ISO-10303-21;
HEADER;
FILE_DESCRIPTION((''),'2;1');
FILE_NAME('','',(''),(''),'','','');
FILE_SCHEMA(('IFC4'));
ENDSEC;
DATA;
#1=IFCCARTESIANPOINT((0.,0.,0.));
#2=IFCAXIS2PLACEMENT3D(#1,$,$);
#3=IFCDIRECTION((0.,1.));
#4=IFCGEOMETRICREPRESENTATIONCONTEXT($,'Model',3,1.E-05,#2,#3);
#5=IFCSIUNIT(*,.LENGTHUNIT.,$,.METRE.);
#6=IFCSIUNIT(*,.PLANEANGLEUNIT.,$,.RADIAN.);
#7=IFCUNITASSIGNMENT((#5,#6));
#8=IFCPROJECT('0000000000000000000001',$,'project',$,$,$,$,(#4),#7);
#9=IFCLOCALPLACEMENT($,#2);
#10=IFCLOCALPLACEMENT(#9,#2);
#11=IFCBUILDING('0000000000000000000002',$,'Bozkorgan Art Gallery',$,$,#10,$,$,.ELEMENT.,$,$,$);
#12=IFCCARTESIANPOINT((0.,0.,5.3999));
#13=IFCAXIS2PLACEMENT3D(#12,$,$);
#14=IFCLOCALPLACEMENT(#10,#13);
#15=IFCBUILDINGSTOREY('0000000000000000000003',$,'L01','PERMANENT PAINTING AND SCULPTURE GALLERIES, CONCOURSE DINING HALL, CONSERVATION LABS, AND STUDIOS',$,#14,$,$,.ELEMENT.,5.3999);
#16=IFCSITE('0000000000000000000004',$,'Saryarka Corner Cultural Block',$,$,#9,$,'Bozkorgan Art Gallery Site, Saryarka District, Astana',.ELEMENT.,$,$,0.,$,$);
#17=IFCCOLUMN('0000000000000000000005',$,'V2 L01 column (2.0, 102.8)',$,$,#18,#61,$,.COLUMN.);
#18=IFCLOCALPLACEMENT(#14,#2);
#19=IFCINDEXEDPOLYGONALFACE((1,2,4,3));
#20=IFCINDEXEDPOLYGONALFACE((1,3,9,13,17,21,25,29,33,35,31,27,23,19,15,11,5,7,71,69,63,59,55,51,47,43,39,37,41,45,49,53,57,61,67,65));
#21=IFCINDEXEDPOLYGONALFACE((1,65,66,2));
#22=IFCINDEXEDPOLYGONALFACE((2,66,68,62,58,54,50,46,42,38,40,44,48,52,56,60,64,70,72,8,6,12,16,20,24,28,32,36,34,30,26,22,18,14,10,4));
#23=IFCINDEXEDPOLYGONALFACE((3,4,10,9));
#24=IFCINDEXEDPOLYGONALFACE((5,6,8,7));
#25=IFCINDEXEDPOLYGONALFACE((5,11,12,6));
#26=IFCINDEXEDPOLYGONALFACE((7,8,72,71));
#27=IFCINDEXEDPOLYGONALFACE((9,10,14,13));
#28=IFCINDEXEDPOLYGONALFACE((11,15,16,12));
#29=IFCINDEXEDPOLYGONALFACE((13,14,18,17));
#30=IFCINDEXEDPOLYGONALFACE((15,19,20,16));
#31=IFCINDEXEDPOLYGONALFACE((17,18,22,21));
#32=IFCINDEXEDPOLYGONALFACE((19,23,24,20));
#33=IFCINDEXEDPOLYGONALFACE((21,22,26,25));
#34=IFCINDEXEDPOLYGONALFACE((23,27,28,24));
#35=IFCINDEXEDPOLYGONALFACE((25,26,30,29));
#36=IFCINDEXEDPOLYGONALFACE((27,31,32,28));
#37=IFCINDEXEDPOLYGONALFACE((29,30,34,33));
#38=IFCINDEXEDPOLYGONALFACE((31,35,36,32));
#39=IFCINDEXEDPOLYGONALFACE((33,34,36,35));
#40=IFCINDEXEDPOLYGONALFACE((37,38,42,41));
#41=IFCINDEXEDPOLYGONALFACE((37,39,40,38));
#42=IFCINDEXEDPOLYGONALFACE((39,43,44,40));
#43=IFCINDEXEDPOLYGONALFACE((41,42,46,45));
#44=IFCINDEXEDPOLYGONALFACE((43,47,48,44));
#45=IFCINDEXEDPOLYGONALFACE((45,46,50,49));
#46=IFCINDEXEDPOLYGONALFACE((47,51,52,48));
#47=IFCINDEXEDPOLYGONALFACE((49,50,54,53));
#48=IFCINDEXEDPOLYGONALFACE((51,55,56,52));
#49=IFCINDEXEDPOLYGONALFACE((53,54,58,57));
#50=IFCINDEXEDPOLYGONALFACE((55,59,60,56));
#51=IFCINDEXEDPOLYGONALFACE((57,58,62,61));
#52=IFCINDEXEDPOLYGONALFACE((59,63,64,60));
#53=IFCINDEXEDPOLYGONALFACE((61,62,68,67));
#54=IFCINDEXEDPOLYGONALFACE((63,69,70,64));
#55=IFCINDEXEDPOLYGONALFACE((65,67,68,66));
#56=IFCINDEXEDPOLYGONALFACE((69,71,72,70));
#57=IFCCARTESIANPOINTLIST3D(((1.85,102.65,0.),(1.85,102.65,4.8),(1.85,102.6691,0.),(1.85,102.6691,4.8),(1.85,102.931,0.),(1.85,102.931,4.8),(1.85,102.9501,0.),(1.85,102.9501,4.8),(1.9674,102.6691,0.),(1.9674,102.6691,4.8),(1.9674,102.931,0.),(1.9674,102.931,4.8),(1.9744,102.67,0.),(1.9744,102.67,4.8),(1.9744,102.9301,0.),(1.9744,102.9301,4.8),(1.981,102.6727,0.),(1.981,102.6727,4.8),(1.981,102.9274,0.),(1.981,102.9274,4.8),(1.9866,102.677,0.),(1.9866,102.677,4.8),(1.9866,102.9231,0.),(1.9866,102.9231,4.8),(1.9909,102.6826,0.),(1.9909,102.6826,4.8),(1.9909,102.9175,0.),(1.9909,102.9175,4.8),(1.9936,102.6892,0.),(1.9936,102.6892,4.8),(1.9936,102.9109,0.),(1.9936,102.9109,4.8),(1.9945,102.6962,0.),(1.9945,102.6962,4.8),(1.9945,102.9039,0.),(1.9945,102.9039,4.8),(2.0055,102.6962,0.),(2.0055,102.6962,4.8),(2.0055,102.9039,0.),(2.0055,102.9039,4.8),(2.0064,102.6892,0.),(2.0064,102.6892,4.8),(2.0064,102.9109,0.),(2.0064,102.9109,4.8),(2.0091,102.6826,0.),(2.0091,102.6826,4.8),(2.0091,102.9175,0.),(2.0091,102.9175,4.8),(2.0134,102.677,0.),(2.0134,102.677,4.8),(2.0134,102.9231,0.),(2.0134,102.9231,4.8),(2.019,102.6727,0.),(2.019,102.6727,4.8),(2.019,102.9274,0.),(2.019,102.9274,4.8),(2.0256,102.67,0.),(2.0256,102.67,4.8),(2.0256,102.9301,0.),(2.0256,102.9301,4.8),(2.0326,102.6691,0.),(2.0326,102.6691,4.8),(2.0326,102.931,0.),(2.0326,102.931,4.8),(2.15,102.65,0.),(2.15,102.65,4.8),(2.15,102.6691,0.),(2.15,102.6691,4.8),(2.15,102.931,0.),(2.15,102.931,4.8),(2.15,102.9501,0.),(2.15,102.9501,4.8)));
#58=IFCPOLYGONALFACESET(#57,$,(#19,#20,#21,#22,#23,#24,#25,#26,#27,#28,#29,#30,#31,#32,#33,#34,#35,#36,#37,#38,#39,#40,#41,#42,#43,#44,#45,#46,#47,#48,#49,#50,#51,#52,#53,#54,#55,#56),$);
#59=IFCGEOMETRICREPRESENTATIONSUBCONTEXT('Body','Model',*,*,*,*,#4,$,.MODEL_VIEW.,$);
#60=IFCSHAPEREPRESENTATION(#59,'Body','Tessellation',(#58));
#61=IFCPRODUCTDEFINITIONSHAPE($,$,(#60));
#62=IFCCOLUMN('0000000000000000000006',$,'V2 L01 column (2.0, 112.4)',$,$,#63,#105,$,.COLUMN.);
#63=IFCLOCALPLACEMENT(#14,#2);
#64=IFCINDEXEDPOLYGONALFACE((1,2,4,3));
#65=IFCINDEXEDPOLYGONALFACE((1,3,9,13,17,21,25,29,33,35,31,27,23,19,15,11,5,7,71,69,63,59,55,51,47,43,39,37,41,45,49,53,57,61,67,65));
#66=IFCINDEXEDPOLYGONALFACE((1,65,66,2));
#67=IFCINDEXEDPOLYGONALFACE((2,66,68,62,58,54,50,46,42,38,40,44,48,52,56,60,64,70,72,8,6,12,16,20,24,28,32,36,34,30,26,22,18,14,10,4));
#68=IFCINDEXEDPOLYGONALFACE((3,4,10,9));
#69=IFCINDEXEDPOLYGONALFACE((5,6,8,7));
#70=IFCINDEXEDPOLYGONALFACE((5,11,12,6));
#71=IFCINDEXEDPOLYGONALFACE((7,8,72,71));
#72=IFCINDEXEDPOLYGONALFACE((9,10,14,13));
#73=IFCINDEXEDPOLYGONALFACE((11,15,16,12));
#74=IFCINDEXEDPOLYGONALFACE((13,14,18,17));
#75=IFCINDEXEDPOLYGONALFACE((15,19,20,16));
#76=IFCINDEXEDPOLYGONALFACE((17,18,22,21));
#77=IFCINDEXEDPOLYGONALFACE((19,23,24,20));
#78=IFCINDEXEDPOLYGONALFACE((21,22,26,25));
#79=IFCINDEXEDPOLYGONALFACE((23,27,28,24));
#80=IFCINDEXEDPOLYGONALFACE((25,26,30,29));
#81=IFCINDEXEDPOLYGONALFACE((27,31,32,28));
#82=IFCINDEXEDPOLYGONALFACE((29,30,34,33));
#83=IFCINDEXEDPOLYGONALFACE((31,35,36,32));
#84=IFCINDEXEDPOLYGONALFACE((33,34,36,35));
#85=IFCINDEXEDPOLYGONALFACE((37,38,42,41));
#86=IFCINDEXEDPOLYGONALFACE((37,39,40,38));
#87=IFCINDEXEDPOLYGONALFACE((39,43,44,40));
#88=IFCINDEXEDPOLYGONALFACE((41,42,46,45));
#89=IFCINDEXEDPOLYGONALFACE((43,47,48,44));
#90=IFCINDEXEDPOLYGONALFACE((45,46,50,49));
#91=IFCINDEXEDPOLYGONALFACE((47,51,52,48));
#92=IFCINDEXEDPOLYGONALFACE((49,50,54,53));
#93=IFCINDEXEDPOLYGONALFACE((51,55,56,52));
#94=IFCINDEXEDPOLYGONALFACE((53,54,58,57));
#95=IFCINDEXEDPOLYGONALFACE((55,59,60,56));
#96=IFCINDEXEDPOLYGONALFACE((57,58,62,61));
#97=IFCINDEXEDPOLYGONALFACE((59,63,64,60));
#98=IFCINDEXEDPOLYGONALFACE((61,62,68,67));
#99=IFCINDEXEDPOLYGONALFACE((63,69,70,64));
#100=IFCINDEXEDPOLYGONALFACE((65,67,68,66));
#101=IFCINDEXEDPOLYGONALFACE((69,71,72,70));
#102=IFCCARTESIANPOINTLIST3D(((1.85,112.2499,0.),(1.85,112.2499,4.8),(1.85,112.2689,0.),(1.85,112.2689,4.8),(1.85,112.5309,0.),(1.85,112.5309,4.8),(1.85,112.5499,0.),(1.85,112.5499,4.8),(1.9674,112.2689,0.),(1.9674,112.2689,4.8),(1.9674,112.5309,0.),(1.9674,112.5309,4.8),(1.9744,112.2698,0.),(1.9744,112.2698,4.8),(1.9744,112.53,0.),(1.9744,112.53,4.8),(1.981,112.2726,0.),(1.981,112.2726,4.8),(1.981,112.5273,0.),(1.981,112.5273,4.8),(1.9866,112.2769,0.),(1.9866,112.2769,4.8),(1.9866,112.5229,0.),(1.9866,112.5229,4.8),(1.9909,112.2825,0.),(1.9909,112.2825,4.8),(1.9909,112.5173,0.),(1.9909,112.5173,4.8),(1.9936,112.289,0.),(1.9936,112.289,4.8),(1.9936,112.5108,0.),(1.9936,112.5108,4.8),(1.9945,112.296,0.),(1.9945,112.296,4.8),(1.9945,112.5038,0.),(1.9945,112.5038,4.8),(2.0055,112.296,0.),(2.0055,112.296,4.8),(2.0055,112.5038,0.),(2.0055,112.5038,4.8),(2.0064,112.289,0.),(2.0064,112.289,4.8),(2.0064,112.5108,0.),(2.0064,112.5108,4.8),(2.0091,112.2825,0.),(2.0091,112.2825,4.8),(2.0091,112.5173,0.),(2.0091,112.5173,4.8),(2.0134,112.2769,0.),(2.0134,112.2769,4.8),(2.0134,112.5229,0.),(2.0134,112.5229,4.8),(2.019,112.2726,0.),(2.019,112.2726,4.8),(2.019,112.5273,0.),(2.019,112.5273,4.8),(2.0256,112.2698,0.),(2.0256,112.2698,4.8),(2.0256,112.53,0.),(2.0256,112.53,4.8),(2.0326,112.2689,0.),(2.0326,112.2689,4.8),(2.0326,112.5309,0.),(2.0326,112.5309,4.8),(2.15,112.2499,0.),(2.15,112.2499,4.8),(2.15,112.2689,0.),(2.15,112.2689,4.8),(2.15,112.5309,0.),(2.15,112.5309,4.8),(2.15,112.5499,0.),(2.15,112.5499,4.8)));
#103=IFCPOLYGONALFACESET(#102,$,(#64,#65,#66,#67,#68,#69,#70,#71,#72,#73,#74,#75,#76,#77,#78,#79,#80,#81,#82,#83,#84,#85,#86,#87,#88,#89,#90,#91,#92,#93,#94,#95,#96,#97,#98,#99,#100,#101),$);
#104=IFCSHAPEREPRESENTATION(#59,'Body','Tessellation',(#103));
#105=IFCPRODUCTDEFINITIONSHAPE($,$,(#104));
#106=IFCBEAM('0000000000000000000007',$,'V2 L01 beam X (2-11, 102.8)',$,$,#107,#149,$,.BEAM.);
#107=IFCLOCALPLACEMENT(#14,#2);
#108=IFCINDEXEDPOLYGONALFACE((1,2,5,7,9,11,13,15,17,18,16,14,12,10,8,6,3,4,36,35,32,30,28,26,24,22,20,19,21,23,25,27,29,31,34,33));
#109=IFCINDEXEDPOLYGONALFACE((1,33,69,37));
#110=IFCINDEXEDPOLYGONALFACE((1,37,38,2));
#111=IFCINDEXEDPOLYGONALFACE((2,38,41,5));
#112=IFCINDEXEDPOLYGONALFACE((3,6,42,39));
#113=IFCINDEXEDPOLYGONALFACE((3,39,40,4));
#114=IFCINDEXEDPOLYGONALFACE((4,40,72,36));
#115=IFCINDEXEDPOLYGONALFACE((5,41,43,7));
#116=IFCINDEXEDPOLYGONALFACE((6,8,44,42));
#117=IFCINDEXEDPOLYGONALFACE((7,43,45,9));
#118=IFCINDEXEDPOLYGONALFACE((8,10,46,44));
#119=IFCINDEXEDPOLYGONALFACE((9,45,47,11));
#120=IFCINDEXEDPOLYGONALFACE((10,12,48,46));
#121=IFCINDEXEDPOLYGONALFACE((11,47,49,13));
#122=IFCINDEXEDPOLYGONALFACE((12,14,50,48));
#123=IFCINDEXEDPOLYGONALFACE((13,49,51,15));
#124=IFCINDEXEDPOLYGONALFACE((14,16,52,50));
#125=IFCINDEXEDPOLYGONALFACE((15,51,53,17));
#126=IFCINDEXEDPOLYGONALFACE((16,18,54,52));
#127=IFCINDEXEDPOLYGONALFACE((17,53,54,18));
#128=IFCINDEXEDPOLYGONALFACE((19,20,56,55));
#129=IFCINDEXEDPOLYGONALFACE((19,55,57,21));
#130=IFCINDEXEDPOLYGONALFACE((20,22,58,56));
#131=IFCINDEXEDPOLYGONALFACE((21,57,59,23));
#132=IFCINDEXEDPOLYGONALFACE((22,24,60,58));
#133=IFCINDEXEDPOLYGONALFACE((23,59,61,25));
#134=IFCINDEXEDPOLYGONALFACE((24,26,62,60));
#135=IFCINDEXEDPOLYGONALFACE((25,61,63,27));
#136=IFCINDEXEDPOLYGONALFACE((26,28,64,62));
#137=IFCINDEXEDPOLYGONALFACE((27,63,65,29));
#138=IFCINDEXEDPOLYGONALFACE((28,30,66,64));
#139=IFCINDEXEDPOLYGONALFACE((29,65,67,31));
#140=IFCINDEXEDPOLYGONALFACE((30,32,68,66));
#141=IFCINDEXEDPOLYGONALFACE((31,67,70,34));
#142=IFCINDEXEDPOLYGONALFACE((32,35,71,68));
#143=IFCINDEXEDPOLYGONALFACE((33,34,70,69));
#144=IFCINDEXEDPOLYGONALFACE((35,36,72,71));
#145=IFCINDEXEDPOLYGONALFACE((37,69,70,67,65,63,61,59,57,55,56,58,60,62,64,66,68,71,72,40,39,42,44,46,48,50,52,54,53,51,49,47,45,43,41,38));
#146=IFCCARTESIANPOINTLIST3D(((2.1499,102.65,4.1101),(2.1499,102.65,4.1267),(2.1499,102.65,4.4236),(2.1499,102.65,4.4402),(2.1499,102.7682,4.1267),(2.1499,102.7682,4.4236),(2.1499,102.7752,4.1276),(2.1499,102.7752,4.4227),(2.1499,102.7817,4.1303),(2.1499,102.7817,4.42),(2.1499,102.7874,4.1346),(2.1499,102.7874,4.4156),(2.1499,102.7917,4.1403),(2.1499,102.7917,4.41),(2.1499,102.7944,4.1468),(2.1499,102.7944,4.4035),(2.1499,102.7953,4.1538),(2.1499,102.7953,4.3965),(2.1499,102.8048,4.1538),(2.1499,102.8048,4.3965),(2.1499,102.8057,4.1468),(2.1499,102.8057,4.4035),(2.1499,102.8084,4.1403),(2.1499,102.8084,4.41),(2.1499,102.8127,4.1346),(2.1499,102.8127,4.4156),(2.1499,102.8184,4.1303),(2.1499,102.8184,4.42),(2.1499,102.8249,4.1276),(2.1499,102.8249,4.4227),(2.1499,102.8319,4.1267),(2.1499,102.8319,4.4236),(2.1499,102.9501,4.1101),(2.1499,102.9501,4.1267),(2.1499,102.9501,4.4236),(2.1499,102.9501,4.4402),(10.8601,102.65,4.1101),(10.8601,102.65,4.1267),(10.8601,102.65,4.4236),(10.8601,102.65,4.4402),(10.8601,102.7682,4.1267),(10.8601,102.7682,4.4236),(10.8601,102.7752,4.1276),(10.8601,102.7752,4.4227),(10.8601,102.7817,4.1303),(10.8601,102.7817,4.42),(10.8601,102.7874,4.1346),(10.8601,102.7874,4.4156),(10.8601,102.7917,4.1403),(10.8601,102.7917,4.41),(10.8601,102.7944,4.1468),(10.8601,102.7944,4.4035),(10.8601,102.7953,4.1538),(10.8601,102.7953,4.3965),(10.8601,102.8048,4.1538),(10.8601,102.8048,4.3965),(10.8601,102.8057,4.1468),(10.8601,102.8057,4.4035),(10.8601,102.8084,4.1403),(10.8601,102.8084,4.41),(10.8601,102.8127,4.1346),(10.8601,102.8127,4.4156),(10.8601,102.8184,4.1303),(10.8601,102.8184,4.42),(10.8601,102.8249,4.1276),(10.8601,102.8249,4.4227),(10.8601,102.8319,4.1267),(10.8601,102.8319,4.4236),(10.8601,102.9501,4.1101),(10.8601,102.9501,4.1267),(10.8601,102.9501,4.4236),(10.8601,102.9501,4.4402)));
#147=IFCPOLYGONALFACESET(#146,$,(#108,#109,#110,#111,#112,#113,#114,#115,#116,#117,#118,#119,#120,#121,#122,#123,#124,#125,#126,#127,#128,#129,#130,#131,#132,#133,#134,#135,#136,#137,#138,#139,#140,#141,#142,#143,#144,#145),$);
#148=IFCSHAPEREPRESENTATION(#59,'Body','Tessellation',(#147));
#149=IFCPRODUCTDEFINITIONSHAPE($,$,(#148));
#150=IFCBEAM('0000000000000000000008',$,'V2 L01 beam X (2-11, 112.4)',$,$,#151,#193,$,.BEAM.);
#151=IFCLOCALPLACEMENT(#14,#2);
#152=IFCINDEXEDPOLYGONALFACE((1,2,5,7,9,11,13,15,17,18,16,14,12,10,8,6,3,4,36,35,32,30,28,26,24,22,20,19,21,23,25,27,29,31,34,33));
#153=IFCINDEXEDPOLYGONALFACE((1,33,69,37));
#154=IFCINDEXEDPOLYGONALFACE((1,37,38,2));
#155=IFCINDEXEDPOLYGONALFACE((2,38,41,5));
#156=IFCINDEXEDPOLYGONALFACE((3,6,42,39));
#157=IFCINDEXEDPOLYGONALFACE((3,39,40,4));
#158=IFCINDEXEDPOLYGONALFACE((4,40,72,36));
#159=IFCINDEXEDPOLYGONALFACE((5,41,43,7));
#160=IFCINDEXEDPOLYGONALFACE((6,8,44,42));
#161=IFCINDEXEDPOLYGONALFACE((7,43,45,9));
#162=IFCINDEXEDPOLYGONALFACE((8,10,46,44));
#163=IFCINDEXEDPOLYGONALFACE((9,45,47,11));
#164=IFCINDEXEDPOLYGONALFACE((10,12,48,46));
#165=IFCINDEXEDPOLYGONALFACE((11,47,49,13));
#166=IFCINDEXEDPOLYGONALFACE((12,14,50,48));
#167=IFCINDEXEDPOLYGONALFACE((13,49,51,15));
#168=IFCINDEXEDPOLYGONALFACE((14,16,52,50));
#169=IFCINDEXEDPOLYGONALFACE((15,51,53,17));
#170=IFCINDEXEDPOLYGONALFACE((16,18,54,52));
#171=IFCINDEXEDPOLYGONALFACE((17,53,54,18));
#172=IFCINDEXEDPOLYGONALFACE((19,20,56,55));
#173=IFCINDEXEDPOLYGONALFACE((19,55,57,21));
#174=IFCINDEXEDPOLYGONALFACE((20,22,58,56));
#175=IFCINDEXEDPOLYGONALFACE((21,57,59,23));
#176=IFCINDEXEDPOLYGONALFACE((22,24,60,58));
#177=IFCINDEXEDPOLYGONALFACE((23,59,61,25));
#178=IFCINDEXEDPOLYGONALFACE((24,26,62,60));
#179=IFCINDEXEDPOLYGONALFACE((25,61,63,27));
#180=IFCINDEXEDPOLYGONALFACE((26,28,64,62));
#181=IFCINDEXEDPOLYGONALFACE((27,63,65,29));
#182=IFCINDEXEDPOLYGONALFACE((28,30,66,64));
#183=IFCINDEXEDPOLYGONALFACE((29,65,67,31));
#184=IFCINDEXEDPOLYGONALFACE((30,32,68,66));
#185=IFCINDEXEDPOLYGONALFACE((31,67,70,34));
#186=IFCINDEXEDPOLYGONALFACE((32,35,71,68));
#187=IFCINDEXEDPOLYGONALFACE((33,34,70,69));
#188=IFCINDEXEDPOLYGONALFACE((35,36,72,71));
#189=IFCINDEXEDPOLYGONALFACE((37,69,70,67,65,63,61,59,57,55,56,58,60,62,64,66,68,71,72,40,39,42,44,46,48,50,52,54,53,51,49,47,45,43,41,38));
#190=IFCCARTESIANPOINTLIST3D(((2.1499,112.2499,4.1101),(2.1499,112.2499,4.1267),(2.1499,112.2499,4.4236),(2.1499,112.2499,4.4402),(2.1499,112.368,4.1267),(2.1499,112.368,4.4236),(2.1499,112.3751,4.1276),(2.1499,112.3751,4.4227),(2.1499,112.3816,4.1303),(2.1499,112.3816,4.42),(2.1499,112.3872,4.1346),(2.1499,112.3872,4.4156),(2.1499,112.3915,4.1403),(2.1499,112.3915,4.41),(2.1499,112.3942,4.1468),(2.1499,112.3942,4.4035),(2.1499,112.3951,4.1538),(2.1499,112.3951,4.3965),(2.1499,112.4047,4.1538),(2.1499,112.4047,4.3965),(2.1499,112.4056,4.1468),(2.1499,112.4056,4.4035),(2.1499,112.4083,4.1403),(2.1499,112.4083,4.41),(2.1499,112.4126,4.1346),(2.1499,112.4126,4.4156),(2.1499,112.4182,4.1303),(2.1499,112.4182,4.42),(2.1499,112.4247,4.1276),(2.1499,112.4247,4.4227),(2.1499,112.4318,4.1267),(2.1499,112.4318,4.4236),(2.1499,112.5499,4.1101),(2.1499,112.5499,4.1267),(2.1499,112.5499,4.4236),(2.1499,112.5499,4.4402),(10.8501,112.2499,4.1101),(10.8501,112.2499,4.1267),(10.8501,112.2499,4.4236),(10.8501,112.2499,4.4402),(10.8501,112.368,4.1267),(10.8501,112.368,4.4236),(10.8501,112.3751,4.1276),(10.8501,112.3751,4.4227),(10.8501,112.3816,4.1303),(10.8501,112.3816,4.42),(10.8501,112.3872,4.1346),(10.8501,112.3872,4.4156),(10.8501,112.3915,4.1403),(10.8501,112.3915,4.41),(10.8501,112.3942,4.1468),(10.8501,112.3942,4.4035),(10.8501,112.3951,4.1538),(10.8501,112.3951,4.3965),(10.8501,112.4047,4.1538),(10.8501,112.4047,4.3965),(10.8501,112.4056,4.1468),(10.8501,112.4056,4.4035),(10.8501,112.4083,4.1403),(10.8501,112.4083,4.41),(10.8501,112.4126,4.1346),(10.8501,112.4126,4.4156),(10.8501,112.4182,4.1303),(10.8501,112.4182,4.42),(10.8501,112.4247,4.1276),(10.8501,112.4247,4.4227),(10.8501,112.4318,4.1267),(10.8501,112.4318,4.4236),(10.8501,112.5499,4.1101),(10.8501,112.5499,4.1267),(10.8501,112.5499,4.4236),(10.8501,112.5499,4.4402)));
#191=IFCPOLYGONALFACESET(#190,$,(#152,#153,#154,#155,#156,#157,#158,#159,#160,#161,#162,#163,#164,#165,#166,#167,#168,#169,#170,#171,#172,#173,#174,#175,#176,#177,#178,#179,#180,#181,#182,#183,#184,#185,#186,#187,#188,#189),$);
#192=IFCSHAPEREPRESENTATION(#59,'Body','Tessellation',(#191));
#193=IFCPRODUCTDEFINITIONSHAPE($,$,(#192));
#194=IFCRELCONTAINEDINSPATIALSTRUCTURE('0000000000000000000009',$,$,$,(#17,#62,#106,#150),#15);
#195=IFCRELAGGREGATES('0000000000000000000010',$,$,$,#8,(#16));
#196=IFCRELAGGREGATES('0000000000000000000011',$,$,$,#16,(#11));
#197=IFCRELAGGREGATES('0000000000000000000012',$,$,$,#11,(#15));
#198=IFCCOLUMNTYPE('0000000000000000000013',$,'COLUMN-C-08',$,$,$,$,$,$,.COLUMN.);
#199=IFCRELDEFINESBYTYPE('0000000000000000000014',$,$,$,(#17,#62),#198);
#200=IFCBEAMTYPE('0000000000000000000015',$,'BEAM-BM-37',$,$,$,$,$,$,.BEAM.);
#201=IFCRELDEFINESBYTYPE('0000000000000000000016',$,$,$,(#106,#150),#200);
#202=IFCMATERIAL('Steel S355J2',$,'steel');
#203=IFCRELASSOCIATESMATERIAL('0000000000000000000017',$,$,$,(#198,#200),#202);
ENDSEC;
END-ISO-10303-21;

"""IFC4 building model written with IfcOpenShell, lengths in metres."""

from ifc_helpers import new_model, si_unit, direction, frame, origin, origin_2d, place, context, subcontext, project, spatial, i_section, extrude, material, material_profile, profile_set, type_object, element, save


model = new_model("IFC4")

# Units and contexts
model_context = context("Model", 3, precision=1e-05, world=origin(), true_north=direction((0.0, 1.0)))
body_context = subcontext(model_context, "Body", "Model", "MODEL_VIEW")
ifc_project = project(units=[si_unit("LENGTHUNIT", "METRE"), si_unit("PLANEANGLEUNIT", "RADIAN")], contexts=[model_context])

# Site, building, storey
site_placement = place(None, origin())
site = spatial("IfcSite", under=ifc_project, at=site_placement, Name="Saryarka Corner Cultural Block", LongName="Bozkorgan Art Gallery Site, Saryarka District, Astana", CompositionType="ELEMENT", RefElevation=0.0)
building_placement = place(site_placement, origin())
building = spatial("IfcBuilding", under=site, at=building_placement, Name="Bozkorgan Art Gallery", CompositionType="ELEMENT")
storey_placement = place(building_placement, frame((0.0, 0.0, 5.3999)))
storey = spatial("IfcBuildingStorey", under=building, at=storey_placement, Name="L01", Description="PERMANENT PAINTING AND SCULPTURE GALLERIES, CONCOURSE DINING HALL, CONSERVATION LABS, AND STUDIOS", CompositionType="ELEMENT", Elevation=5.3999)

# Columns
ifc_material_1 = material(Name="Steel S355J2", Category="steel")
ifc_material_profile_1 = material_profile(ifc_material_1, i_section(OverallWidth=0.3, OverallDepth=0.3, WebThickness=0.011, FlangeThickness=0.019, FilletRadius=0.0271, at=origin_2d()), Name="HEB 300")
ifc_profile_set_1 = profile_set([ifc_material_profile_1], Name="Steel S355J2")
column_type = type_object("IfcColumnType", Name="COLUMN-C-08", PredefinedType="COLUMN", material=ifc_profile_set_1)
for number, where, z_axis, x_axis, name in (
    (1, (2.0, 102.8, 0.0), (0.0, 0.0, 1.0), (1.0, 0.0, 0.0), "V2 L01 column (2.0, 102.8)"),
    (2, (2.0, 112.3999, 0.0), (0.0, 0.0, 1.0), (1.0, 0.0, 0.0), "V2 L01 column (2.0, 112.4)"),
):
    element("IfcColumn", number, at=place(storey_placement, frame(where, z_axis=z_axis, x_axis=x_axis)), inside=storey, type_object=column_type, Name=name, PredefinedType="COLUMN", context=body_context, shape_type="SweptSolid", body=[
        extrude(i_section(OverallWidth=0.3, OverallDepth=0.3, WebThickness=0.011, FlangeThickness=0.019, FilletRadius=0.0271, at=origin_2d()), origin(), (0.0, 0.0, 1.0), 4.8),
    ])

# Beams
ifc_material_profile_2 = material_profile(ifc_material_1, i_section(OverallWidth=0.3, OverallDepth=0.3301, WebThickness=0.0095, FlangeThickness=0.0166, FilletRadius=0.0271, at=origin_2d()), Name="HEA 340")
ifc_profile_set_2 = profile_set([ifc_material_profile_2], Name="Steel S355J2")
beam_type = type_object("IfcBeamType", Name="BEAM-BM-37", PredefinedType="BEAM", material=ifc_profile_set_2)
beam_1_placement = place(storey_placement, frame((2.1499, 102.8, 4.2751), z_axis=(1.0, 0.0, 0.0), x_axis=(0.0, 1.0, 0.0)))
element("IfcBeam", 3, at=beam_1_placement, inside=storey, type_object=beam_type, Name="V2 L01 beam X (2-11, 102.8)", PredefinedType="BEAM", context=body_context, shape_type="SweptSolid", body=[
    extrude(i_section(OverallWidth=0.3, OverallDepth=0.3301, WebThickness=0.0095, FlangeThickness=0.0166, FilletRadius=0.0271, at=origin_2d()), origin(), (0.0, 0.0, 1.0), 8.7102),
])
beam_2_placement = place(storey_placement, frame((2.1499, 112.3999, 4.2751), z_axis=(1.0, 0.0, 0.0), x_axis=(0.0, 1.0, 0.0)))
element("IfcBeam", 4, at=beam_2_placement, inside=storey, type_object=beam_type, Name="V2 L01 beam X (2-11, 112.4)", PredefinedType="BEAM", context=body_context, shape_type="SweptSolid", body=[
    extrude(i_section(OverallWidth=0.3, OverallDepth=0.3301, WebThickness=0.0095, FlangeThickness=0.0166, FilletRadius=0.0271, at=origin_2d()), origin(), (0.0, 0.0, 1.0), 8.7002),
])

save(model, "model.ifc")
